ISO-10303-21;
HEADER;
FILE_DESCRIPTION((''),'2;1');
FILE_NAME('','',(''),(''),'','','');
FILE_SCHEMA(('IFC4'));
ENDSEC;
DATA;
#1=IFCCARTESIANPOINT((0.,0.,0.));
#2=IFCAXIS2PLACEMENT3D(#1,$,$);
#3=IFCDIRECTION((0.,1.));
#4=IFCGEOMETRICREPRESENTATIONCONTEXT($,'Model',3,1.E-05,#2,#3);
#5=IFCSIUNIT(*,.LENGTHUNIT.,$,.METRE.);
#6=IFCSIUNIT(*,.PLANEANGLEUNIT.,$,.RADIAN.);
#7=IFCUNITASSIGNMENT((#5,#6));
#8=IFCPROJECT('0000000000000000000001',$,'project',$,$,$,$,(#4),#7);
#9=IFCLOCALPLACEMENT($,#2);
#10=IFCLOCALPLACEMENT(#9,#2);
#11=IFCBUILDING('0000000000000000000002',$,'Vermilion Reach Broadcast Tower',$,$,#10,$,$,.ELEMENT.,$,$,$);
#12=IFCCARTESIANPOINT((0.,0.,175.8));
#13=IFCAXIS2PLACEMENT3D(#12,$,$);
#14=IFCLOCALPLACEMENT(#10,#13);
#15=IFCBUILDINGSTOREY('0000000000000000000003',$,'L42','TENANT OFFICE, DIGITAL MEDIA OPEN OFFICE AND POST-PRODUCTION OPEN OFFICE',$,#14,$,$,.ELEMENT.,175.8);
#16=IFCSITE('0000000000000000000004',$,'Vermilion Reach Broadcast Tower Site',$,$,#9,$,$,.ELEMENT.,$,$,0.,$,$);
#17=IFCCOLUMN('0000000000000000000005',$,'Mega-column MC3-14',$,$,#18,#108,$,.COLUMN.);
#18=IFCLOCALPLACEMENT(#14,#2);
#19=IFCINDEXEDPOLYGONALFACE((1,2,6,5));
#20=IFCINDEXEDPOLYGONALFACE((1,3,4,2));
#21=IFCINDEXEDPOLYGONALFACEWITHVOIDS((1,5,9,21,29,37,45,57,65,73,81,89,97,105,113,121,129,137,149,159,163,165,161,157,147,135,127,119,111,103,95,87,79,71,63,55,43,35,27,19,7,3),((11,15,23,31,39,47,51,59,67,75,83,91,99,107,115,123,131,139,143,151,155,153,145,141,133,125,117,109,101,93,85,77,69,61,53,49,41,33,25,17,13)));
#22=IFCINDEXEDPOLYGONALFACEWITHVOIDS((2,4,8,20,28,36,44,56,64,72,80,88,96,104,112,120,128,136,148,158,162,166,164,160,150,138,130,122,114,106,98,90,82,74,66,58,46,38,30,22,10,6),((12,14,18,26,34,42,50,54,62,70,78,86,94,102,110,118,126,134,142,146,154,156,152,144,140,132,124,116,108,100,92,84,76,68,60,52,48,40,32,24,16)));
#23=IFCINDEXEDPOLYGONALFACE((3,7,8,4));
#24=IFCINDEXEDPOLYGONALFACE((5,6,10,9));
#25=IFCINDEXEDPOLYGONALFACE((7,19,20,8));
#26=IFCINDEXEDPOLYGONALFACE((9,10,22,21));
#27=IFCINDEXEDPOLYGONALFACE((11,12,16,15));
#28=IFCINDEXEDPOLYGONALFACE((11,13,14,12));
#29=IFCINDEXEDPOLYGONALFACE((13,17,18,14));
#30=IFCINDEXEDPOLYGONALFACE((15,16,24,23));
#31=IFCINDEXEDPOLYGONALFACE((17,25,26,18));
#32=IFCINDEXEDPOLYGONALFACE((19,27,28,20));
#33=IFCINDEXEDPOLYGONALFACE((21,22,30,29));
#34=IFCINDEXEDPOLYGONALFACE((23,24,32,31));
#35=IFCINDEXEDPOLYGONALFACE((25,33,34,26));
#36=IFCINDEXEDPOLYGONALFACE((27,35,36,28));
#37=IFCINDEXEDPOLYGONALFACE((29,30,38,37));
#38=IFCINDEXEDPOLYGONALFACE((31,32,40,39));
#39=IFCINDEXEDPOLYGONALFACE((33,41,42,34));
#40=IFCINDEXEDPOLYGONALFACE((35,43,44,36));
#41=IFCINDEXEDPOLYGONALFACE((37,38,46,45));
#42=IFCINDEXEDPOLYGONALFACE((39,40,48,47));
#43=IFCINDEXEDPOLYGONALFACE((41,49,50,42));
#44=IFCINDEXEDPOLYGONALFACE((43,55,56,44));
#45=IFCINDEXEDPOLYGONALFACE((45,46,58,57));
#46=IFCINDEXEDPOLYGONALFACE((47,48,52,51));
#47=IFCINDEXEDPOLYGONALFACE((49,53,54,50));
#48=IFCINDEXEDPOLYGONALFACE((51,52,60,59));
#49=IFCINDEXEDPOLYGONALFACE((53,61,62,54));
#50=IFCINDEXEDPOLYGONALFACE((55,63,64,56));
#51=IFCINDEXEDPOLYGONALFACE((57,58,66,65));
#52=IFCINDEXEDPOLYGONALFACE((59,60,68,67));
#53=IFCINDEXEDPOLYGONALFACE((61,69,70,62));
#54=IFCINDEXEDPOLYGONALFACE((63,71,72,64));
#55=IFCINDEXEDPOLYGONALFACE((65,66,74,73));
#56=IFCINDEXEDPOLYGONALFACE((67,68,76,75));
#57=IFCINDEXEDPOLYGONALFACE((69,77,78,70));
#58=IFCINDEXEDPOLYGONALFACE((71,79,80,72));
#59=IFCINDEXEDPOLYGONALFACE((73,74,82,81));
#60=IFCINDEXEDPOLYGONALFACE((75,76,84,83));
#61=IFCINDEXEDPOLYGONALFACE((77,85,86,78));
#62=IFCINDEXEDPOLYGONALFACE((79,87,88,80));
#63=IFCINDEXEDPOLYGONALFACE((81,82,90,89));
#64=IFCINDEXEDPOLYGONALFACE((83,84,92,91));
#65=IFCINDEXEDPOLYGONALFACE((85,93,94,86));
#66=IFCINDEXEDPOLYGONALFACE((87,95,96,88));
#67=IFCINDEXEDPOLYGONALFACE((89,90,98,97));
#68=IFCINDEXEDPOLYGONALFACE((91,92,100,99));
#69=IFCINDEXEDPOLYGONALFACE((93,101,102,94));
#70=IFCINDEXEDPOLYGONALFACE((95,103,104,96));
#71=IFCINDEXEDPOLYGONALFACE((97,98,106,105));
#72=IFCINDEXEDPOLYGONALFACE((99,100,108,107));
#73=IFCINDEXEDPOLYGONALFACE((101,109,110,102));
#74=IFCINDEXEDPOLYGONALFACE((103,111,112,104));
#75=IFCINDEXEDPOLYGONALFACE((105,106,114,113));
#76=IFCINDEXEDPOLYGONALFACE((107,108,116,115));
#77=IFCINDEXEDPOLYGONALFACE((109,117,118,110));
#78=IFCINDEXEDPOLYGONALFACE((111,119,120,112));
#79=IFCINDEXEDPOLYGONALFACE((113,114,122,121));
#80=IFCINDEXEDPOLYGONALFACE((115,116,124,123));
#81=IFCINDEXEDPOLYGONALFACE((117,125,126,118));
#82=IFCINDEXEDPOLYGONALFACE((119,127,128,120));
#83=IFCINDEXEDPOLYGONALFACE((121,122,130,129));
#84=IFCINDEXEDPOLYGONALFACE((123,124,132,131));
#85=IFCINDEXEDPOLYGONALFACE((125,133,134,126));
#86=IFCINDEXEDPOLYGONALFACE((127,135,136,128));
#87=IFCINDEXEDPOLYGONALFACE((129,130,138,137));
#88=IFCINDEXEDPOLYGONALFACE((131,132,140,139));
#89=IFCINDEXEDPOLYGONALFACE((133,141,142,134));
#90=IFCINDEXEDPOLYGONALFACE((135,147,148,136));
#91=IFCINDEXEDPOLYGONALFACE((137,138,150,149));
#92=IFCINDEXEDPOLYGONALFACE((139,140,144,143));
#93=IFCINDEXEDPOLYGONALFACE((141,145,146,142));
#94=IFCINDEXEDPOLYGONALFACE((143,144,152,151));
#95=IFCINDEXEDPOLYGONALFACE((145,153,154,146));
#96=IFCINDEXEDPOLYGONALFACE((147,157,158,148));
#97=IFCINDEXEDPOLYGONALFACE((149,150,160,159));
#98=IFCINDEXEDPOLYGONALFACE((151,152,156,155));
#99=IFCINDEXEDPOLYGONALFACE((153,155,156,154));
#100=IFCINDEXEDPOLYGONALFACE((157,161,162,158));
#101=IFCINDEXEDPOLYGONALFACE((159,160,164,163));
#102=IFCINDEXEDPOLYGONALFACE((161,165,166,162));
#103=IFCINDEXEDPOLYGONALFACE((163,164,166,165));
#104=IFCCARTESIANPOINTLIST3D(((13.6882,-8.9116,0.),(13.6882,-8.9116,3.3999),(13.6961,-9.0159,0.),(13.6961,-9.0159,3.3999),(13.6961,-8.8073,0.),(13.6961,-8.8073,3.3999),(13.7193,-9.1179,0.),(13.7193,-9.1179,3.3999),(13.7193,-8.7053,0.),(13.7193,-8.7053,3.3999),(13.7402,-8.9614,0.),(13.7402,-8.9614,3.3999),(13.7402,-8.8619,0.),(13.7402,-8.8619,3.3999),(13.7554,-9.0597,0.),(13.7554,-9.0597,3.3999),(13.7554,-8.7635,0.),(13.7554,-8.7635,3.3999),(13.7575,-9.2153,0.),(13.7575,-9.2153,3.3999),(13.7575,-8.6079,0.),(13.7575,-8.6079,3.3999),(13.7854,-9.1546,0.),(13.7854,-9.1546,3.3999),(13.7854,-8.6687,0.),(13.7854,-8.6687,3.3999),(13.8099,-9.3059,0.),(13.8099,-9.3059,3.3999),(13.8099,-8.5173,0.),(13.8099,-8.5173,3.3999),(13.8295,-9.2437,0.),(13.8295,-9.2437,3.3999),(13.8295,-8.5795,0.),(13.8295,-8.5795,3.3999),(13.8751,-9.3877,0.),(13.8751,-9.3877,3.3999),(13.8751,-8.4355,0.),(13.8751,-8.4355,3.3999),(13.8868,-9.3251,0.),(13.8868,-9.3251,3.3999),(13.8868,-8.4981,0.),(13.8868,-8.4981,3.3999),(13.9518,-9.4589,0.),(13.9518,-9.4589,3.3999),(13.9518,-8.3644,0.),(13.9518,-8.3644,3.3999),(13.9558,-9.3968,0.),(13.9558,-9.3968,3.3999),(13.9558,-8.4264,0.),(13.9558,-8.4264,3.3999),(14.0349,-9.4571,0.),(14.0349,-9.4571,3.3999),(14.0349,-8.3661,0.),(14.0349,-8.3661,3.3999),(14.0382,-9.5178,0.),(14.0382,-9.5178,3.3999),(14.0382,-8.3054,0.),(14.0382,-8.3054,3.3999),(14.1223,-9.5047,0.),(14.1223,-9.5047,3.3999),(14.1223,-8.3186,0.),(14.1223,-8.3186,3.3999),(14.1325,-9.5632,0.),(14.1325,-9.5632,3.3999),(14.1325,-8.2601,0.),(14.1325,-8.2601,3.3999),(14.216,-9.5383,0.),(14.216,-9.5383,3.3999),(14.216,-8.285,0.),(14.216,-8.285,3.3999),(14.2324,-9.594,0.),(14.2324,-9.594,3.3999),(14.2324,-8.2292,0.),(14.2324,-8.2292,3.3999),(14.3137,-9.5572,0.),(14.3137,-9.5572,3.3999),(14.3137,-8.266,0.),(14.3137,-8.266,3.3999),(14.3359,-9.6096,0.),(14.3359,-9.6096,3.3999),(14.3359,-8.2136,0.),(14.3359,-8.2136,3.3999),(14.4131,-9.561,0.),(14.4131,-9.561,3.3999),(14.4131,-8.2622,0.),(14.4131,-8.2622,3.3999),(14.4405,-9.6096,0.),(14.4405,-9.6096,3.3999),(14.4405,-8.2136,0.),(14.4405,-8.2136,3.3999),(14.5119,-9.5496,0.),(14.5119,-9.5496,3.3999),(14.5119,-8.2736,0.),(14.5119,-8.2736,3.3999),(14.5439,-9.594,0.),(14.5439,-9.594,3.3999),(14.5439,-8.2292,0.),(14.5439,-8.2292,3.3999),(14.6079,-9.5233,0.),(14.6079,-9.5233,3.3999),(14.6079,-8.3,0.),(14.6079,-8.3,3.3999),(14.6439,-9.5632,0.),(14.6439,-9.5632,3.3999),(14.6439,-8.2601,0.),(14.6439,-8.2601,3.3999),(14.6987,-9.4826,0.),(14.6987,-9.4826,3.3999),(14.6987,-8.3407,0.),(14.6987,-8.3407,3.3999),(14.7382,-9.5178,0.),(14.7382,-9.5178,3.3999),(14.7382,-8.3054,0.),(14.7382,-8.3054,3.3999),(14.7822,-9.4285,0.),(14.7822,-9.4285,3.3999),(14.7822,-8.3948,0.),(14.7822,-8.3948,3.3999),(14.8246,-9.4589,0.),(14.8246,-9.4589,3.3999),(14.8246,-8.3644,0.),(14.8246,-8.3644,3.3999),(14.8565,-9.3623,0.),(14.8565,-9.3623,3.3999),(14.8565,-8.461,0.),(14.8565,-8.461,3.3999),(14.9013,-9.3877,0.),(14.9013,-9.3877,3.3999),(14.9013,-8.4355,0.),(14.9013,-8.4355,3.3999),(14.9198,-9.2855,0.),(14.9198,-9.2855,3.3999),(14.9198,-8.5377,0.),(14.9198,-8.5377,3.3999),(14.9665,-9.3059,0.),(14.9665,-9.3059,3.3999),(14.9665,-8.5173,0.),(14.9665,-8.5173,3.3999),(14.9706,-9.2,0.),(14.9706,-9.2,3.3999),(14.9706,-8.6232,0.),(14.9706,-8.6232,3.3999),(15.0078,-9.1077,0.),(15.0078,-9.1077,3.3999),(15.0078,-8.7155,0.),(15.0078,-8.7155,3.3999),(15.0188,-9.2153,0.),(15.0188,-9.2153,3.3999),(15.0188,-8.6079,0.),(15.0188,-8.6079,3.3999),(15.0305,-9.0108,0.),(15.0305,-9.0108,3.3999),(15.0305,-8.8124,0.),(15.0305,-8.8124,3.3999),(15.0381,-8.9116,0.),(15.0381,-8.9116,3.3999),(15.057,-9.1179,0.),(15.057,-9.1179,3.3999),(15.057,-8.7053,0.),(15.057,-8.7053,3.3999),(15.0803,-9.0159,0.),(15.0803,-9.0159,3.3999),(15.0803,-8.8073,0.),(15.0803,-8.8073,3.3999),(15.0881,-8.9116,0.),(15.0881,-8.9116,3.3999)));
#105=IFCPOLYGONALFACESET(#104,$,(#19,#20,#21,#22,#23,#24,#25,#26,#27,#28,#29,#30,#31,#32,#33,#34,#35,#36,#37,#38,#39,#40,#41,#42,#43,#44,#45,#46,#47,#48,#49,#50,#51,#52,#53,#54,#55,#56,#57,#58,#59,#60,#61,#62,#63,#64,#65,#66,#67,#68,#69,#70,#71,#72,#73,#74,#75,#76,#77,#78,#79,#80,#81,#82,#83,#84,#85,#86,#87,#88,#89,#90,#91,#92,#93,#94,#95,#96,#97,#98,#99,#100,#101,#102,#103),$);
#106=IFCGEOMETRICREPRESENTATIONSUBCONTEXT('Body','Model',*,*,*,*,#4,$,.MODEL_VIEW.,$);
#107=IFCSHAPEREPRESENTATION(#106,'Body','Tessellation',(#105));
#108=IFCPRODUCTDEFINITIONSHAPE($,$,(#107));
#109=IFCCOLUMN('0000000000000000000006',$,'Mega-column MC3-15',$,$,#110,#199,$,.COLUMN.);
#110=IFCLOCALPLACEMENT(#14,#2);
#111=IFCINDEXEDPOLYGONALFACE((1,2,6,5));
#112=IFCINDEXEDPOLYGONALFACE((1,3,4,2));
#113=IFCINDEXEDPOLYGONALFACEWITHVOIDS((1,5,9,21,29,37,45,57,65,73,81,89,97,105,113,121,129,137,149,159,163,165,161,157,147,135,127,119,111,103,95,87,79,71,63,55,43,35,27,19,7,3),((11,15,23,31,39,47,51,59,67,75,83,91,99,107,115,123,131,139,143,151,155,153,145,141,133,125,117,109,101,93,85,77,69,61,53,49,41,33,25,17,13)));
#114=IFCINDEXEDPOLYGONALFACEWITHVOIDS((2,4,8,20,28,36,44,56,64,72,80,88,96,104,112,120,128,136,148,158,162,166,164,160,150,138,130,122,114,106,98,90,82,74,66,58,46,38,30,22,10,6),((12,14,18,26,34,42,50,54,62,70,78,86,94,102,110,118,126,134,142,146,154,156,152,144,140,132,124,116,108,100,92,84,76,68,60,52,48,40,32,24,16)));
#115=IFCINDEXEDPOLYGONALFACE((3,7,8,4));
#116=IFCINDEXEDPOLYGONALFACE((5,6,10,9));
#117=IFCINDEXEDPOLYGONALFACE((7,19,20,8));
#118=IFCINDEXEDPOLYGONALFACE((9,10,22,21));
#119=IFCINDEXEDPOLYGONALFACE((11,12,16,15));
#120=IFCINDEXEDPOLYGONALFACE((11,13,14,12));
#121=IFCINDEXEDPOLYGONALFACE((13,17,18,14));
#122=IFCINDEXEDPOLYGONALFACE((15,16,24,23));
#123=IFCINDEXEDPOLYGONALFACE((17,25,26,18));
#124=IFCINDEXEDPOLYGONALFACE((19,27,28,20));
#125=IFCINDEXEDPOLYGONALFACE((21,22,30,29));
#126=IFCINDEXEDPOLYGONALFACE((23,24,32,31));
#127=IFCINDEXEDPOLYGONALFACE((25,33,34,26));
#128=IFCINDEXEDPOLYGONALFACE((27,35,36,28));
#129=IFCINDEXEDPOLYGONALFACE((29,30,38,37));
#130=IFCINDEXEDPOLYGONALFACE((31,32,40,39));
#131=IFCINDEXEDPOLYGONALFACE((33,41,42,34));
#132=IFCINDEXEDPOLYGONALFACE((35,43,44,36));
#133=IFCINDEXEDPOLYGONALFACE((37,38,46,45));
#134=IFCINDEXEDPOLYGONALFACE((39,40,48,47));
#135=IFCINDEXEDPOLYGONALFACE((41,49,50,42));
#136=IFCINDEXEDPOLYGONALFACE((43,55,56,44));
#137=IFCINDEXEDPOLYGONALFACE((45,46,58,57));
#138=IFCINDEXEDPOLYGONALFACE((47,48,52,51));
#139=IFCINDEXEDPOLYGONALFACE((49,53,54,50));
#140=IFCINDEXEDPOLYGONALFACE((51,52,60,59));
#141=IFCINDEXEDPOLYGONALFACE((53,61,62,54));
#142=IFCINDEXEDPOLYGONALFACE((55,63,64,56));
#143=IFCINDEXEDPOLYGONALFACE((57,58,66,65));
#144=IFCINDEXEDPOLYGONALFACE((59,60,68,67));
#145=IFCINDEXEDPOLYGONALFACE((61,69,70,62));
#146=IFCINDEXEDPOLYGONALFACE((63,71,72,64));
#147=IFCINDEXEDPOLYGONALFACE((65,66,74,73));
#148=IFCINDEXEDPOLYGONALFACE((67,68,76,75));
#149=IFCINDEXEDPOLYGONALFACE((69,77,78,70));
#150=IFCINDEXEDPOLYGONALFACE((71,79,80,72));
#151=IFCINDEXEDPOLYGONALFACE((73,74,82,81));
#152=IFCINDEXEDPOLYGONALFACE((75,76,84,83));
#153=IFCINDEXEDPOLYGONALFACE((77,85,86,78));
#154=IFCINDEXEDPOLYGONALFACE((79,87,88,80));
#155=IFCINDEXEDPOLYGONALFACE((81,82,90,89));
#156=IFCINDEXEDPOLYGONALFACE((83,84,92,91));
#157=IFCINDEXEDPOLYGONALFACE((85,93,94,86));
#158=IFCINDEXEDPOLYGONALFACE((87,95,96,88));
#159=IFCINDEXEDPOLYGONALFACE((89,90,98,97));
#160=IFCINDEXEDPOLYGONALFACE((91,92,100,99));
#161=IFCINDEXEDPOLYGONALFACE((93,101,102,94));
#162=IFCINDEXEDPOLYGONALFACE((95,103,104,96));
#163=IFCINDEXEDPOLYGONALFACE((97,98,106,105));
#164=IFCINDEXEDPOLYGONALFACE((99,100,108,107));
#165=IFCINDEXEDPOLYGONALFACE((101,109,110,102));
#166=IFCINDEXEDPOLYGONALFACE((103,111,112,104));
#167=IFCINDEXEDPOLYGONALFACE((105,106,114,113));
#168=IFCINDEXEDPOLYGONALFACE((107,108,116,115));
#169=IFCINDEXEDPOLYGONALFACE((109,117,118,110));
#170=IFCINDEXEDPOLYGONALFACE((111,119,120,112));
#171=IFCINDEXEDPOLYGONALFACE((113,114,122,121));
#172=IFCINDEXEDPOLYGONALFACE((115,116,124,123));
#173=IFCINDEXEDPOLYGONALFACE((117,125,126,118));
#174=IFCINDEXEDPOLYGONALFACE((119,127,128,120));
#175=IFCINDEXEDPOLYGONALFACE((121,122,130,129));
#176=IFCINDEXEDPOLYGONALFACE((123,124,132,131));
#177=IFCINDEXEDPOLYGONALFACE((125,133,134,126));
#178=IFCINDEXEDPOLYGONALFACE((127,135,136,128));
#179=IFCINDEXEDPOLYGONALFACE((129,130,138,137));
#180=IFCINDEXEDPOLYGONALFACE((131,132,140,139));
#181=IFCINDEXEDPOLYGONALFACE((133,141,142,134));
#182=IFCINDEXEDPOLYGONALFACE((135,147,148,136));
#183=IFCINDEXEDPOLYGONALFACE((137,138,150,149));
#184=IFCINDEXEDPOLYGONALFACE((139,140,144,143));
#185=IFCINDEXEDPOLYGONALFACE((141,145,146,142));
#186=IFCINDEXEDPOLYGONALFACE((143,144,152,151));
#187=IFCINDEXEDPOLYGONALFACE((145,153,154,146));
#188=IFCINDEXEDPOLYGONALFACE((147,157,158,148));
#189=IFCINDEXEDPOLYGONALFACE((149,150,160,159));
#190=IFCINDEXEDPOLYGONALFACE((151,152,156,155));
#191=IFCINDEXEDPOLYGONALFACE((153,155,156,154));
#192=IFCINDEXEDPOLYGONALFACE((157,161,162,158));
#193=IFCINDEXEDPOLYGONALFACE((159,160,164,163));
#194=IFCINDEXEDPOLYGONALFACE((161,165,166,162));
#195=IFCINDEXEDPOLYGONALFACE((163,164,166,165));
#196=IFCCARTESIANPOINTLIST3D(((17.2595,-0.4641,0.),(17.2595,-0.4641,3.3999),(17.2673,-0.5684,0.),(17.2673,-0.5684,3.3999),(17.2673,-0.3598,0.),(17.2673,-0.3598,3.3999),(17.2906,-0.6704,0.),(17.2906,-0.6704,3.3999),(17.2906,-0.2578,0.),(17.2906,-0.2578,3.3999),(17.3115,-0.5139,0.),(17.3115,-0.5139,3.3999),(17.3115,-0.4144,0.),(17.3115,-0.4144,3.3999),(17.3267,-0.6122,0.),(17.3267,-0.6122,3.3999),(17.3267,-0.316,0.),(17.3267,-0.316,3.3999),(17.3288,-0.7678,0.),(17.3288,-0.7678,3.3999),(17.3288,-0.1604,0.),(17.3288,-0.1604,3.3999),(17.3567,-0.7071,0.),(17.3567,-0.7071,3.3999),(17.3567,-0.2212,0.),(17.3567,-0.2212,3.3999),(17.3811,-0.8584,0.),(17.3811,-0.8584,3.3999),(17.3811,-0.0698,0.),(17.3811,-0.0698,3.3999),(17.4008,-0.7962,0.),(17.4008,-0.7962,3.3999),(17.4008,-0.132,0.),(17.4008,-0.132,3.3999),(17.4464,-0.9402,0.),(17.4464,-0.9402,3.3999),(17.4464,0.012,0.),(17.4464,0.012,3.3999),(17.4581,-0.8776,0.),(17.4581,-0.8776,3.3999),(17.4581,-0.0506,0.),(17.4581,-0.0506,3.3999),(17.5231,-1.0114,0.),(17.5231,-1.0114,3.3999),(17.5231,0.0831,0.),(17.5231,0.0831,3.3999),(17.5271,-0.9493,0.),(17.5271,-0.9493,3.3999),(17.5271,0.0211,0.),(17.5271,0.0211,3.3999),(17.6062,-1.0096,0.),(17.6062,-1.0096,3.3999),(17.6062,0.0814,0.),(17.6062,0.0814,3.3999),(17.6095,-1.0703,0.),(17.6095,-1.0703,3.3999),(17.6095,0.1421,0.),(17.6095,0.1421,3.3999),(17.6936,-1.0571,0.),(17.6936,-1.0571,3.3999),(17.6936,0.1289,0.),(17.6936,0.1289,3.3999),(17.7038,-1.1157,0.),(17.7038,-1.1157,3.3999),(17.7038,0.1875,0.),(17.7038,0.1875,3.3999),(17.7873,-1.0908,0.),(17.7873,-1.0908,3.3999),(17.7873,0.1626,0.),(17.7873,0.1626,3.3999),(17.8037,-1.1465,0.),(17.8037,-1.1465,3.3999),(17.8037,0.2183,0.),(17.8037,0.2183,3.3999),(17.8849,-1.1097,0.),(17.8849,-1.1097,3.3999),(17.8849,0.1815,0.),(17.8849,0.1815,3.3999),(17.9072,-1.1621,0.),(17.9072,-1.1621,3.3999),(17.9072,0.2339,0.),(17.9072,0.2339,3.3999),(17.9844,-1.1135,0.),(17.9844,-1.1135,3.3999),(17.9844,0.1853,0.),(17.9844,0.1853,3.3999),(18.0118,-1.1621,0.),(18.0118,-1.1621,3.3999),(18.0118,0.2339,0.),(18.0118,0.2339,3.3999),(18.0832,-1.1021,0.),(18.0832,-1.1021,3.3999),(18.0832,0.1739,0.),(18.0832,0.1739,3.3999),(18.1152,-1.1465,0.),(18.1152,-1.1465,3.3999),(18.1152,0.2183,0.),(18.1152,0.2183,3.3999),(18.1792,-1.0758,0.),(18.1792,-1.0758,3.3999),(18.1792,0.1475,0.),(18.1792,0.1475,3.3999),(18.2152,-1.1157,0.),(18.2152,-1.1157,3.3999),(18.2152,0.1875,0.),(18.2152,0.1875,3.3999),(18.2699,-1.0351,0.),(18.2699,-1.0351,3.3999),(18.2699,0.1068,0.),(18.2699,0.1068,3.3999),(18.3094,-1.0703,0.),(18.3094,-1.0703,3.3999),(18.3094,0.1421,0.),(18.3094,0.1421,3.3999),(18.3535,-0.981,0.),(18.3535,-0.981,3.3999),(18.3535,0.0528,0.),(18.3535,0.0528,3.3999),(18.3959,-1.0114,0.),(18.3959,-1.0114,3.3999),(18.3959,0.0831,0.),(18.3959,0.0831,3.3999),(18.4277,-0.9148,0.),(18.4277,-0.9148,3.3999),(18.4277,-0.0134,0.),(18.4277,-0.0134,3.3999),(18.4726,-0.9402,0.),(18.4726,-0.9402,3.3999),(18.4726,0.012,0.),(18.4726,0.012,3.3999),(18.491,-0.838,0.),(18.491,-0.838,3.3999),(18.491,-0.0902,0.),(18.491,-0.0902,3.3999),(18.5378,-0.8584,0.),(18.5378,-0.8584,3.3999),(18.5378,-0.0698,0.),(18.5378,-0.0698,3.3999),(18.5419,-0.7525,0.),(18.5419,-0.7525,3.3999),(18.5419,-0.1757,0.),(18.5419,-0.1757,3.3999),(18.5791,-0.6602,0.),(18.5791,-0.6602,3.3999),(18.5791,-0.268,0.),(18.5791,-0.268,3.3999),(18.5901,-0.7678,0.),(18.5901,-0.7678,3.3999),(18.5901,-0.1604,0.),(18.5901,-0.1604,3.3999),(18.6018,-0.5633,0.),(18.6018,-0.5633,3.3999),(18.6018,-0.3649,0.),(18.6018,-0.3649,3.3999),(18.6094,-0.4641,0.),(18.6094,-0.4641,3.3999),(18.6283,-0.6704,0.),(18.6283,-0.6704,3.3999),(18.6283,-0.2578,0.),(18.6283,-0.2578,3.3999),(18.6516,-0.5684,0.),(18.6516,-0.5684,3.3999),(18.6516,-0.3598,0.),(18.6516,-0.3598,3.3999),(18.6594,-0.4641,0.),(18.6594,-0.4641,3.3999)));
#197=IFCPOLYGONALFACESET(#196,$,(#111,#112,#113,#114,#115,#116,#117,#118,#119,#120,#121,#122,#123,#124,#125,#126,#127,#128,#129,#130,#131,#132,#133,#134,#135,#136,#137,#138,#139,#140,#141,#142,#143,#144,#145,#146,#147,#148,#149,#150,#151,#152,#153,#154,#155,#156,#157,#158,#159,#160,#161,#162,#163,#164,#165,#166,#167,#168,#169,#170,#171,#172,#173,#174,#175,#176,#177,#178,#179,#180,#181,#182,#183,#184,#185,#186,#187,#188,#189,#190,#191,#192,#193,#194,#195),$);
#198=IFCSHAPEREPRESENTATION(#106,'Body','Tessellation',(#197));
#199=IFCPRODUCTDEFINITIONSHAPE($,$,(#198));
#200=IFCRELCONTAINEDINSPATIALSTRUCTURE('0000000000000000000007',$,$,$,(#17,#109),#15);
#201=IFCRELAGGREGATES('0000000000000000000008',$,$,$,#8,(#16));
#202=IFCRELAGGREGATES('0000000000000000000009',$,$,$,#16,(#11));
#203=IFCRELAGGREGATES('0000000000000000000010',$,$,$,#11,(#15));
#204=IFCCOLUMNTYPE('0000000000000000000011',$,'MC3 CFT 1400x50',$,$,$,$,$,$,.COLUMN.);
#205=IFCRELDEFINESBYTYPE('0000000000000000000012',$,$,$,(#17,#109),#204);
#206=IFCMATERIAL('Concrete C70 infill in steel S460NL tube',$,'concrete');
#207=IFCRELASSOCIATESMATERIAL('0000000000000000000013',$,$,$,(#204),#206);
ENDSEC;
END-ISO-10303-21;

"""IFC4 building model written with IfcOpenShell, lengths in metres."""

from ifc_helpers import new_model, si_unit, direction, frame, origin, origin_2d, place, context, subcontext, project, spatial, hollow_circle, extrude, material, material_profile, profile_set, type_object, element, save


model = new_model("IFC4")

# Units and contexts
model_context = context("Model", 3, precision=1e-05, world=origin(), true_north=direction((0.0, 1.0)))
body_context = subcontext(model_context, "Body", "Model", "MODEL_VIEW")
ifc_project = project(units=[si_unit("LENGTHUNIT", "METRE"), si_unit("PLANEANGLEUNIT", "RADIAN")], contexts=[model_context])

# Site, building, storey
site_placement = place(None, origin())
site = spatial("IfcSite", under=ifc_project, at=site_placement, Name="Vermilion Reach Broadcast Tower Site", CompositionType="ELEMENT", RefElevation=0.0)
building_placement = place(site_placement, origin())
building = spatial("IfcBuilding", under=site, at=building_placement, Name="Vermilion Reach Broadcast Tower", CompositionType="ELEMENT")
storey_placement = place(building_placement, frame((0.0, 0.0, 175.8)))
storey = spatial("IfcBuildingStorey", under=building, at=storey_placement, Name="L42", Description="TENANT OFFICE, DIGITAL MEDIA OPEN OFFICE AND POST-PRODUCTION OPEN OFFICE", CompositionType="ELEMENT", Elevation=175.8)

# Columns
ifc_material_1 = material(Name="Concrete C70 infill in steel S460NL tube", Category="concrete")
ifc_material_profile_1 = material_profile(ifc_material_1, hollow_circle(Radius=0.7, WallThickness=0.05, at=origin_2d()), Name="Concrete C70 infill in steel S460NL tube CFT 1400x50")
ifc_profile_set_1 = profile_set([ifc_material_profile_1], Name="Concrete C70 infill in steel S460NL tube")
column_type = type_object("IfcColumnType", Name="MC3 CFT 1400x50", PredefinedType="COLUMN", material=ifc_profile_set_1)
for number, where, z_axis, x_axis, name in (
    (1, (14.3882, -8.9116, 0.0), (0.0, 0.0, 1.0), (1.0, 0.0, 0.0), "Mega-column MC3-14"),
    (2, (17.9595, -0.4641, 0.0), (0.0, 0.0, 1.0), (1.0, 0.0, 0.0), "Mega-column MC3-15"),
):
    element("IfcColumn", number, at=place(storey_placement, frame(where, z_axis=z_axis, x_axis=x_axis)), inside=storey, type_object=column_type, Name=name, PredefinedType="COLUMN", context=body_context, shape_type="SweptSolid", body=[
        extrude(hollow_circle(Radius=0.7, WallThickness=0.05, at=origin_2d()), origin(), (0.0, 0.0, 1.0), 3.3999),
    ])

save(model, "model.ifc")
